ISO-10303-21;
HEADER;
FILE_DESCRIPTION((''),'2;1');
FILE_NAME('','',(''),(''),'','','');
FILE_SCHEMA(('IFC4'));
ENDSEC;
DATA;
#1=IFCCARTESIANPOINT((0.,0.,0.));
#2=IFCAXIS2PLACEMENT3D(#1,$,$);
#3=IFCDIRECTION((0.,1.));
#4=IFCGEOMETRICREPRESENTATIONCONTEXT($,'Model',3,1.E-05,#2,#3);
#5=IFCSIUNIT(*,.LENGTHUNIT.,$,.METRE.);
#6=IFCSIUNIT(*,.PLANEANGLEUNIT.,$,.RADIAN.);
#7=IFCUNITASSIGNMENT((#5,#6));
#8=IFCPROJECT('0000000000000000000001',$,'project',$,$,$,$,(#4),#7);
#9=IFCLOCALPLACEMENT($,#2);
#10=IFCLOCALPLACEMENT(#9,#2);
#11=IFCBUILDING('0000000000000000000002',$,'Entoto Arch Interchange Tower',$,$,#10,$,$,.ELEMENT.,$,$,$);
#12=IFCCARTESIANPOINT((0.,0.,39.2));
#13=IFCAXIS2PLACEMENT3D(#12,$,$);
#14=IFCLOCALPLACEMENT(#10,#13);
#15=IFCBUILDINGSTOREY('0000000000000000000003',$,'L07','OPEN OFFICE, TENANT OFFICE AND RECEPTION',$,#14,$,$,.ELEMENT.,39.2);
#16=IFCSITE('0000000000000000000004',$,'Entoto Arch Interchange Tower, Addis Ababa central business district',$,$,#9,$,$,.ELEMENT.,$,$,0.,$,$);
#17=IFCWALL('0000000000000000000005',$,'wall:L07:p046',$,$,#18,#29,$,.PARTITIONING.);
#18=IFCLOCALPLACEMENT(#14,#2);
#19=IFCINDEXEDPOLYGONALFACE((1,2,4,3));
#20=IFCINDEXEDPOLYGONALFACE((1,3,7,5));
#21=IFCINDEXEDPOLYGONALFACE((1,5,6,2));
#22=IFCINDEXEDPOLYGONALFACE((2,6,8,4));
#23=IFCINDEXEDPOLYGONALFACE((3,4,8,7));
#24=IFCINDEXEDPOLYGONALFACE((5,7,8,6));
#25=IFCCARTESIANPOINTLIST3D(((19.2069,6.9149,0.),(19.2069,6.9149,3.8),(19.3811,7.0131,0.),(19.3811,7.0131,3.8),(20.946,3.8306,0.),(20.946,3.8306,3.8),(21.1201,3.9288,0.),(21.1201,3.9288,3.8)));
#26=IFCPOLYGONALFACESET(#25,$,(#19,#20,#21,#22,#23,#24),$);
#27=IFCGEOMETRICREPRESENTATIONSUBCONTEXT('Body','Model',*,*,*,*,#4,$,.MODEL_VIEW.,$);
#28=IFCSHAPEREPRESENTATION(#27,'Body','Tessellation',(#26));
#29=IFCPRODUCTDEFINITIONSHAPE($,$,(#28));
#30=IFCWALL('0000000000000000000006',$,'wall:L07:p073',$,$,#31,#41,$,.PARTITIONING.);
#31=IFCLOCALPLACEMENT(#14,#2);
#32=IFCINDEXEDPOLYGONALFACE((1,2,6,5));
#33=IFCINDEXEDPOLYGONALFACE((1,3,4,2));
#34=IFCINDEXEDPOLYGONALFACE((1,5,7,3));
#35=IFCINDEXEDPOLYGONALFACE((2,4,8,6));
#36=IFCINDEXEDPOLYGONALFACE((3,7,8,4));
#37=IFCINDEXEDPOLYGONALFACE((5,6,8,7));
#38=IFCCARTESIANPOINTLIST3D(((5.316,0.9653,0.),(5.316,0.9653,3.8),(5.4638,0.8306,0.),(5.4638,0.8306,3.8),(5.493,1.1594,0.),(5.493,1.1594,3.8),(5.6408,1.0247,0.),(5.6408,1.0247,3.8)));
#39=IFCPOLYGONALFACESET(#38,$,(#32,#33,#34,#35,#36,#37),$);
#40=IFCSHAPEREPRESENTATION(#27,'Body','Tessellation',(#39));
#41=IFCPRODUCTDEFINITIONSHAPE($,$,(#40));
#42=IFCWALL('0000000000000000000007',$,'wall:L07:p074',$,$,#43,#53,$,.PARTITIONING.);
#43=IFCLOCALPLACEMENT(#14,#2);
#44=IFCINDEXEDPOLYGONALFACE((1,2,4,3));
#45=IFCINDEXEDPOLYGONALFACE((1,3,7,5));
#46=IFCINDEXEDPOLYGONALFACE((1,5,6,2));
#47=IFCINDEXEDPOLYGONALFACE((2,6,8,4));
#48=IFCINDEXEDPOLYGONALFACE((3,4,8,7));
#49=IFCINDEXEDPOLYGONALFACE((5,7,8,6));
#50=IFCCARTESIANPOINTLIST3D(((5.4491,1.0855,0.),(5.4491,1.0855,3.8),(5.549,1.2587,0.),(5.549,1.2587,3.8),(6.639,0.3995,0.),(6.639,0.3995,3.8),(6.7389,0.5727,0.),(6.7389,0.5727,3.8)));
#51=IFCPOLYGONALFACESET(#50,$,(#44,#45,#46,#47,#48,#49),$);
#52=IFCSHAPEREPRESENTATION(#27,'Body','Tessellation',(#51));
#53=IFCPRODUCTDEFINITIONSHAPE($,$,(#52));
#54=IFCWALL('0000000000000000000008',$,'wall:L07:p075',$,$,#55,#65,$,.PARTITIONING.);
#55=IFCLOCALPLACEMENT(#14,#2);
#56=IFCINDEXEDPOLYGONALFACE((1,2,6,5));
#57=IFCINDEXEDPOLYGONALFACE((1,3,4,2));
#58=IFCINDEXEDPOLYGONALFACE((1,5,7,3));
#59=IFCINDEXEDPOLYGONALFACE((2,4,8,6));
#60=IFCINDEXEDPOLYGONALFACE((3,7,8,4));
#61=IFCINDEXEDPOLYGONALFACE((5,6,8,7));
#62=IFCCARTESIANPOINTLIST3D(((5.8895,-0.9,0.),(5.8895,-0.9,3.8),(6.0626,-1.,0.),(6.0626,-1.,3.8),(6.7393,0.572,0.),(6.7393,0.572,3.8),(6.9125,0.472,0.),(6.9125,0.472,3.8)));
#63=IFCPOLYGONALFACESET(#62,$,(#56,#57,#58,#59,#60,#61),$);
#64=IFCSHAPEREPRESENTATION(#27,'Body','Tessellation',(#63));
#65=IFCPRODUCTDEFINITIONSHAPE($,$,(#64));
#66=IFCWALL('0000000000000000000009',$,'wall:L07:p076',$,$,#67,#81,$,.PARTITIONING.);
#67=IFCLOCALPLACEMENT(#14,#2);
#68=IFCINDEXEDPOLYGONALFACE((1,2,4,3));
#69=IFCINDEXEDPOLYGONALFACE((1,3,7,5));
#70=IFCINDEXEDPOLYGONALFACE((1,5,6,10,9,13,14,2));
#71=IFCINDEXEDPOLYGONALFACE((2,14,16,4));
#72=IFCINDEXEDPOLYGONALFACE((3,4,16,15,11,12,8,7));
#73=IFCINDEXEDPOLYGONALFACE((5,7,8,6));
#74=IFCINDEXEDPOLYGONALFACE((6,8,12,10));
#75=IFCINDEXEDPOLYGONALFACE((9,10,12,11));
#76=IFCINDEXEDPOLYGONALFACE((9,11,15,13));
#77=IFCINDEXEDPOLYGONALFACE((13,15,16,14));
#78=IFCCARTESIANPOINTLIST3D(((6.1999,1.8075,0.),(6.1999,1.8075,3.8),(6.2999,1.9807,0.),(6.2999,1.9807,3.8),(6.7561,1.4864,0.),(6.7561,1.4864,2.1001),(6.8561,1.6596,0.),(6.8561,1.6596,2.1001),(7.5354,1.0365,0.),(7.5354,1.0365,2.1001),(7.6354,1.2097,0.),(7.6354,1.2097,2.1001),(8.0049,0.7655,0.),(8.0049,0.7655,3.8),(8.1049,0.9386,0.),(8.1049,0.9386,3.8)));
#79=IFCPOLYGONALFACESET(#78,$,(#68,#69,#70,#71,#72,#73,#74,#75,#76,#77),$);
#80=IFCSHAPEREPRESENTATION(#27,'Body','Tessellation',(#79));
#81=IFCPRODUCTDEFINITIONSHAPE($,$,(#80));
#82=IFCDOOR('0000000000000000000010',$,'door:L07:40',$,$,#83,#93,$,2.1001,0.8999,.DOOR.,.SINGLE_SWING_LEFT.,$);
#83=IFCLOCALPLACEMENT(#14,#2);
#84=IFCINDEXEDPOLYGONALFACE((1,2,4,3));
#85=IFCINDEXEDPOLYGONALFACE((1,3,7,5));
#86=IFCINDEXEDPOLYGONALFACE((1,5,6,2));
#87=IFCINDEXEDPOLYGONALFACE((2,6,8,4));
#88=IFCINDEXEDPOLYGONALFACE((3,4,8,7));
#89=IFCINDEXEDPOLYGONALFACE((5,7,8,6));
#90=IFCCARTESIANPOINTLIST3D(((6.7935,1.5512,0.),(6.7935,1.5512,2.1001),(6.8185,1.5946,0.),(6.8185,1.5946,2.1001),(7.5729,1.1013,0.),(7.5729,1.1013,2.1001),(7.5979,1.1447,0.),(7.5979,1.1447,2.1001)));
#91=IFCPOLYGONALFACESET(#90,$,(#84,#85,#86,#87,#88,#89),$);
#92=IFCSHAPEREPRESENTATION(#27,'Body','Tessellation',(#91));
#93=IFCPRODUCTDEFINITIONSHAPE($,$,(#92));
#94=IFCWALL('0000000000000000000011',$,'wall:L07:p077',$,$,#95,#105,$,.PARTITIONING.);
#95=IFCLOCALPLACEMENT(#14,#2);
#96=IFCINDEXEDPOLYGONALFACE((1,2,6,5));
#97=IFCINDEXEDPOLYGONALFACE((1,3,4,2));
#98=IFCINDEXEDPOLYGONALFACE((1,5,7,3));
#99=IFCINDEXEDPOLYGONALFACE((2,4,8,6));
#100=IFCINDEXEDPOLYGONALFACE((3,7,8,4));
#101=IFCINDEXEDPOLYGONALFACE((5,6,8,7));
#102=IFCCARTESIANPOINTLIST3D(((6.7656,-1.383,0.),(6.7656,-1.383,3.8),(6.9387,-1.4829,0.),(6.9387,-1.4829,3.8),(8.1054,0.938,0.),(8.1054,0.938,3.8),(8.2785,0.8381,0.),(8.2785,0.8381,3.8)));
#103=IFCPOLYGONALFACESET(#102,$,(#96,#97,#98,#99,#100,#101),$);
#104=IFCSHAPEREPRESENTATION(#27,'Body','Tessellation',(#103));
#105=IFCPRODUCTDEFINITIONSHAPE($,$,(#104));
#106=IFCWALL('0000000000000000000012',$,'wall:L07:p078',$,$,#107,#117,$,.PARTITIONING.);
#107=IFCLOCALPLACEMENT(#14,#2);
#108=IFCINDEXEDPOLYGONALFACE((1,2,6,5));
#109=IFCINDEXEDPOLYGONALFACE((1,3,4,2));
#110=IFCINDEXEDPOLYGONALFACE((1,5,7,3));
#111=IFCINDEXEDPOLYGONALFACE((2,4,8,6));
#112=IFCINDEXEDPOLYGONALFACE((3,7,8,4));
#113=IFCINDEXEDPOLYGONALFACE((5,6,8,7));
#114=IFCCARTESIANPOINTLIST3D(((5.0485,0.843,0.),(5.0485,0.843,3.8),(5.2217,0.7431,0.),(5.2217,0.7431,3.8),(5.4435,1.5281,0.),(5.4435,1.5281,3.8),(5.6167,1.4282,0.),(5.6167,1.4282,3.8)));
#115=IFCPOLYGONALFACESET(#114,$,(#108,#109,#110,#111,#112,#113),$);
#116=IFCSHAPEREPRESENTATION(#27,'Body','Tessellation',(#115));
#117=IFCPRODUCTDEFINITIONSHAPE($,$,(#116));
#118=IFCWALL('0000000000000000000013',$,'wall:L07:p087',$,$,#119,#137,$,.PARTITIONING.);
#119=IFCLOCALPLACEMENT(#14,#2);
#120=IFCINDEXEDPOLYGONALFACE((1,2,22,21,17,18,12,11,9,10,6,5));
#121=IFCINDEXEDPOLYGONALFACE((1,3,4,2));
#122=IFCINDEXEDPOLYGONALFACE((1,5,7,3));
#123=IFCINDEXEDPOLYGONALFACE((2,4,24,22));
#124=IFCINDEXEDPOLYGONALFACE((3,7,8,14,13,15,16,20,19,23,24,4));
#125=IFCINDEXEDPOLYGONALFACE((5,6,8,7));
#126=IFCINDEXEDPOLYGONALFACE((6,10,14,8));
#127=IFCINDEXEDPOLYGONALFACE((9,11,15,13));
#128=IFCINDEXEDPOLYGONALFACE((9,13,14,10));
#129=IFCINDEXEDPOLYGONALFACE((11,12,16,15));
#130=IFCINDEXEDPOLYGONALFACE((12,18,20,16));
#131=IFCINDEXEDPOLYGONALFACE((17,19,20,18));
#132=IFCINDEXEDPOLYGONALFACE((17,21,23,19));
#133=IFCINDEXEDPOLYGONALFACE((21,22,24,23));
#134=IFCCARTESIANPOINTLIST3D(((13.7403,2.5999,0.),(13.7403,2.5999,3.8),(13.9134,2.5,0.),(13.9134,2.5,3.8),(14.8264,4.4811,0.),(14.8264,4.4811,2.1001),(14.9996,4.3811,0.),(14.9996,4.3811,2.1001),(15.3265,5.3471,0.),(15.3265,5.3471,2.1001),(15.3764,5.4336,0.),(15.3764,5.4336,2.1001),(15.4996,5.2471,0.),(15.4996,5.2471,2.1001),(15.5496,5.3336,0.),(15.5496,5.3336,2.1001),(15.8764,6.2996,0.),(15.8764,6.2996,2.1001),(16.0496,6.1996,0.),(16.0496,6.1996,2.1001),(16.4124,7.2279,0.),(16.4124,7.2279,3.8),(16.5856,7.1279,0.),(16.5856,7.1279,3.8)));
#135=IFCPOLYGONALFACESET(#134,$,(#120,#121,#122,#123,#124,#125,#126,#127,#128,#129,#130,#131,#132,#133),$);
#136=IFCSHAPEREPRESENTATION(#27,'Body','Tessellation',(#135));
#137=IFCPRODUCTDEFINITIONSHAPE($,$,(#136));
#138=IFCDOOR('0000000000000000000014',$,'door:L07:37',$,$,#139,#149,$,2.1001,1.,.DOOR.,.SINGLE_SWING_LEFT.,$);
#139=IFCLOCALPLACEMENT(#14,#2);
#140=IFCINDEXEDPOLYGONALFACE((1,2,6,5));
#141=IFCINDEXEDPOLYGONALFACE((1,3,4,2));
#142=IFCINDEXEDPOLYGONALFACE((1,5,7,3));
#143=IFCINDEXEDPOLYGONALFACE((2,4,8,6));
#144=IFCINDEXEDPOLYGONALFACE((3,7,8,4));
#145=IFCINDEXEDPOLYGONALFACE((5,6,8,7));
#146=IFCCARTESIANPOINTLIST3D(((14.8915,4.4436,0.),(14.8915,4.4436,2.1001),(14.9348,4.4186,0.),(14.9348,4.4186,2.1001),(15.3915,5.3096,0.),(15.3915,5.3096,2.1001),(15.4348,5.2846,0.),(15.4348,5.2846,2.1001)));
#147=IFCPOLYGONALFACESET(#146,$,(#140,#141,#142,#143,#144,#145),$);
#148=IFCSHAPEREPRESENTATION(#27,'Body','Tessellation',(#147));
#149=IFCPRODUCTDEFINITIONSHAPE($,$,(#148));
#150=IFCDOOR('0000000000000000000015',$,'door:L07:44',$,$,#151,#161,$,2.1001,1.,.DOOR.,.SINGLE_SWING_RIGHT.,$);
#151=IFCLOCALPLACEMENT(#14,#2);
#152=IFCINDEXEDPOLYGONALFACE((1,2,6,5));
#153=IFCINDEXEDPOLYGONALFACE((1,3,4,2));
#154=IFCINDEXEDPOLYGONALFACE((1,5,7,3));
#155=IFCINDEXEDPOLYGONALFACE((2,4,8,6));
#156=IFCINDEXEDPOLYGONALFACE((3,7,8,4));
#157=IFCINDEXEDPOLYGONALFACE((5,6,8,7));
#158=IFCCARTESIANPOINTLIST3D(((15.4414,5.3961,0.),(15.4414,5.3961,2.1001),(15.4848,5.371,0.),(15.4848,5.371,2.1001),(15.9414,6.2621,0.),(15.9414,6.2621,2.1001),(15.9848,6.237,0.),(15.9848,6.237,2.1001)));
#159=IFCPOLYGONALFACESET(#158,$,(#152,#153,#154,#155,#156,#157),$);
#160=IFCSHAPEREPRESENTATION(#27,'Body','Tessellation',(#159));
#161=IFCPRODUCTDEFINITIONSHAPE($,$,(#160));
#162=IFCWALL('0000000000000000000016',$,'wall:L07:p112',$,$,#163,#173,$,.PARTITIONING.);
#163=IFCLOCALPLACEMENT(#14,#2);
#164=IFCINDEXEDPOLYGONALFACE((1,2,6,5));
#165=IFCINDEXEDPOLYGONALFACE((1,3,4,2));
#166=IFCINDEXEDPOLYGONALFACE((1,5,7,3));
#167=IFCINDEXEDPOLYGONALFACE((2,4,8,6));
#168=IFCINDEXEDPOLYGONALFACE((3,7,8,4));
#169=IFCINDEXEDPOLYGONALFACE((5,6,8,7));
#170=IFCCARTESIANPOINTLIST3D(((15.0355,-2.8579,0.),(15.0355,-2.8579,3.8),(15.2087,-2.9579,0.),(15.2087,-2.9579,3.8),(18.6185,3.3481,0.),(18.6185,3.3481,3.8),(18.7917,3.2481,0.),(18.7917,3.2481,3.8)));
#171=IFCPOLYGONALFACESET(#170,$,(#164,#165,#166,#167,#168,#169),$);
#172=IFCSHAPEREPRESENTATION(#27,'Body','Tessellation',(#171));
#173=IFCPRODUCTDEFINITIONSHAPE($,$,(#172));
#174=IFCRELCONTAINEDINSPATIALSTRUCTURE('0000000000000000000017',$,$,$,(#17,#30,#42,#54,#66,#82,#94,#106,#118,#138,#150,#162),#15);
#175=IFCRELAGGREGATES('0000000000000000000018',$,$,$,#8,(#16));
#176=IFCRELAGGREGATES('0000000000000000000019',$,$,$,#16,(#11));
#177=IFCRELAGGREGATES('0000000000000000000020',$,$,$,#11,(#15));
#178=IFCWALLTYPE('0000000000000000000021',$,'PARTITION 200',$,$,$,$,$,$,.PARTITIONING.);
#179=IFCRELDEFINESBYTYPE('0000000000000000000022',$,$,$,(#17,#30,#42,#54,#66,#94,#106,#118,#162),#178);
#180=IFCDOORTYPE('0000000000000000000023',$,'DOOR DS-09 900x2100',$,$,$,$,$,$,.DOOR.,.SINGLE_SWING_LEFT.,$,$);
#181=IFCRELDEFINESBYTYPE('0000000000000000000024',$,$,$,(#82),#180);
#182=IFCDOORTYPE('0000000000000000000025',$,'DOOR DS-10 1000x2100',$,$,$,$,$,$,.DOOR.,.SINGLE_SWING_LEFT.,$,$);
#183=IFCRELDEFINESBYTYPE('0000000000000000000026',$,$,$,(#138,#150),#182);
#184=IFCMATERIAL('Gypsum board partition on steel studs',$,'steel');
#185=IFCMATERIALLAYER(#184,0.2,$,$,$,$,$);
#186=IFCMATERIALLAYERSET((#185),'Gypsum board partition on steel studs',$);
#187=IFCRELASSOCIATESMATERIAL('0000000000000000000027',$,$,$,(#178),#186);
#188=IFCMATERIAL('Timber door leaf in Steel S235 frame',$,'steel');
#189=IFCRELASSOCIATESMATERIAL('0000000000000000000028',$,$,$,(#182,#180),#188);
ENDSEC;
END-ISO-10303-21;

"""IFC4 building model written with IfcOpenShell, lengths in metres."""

from ifc_helpers import new_model, si_unit, direction, frame, frame_2d, origin, place, context, subcontext, project, spatial, rectangle, extrude, material, layer, layer_set, type_object, element, fill, save


model = new_model("IFC4")

# Units and contexts
model_context = context("Model", 3, precision=1e-05, world=origin(), true_north=direction((0.0, 1.0)))
body_context = subcontext(model_context, "Body", "Model", "MODEL_VIEW")
ifc_project = project(units=[si_unit("LENGTHUNIT", "METRE"), si_unit("PLANEANGLEUNIT", "RADIAN")], contexts=[model_context])

# Site, building, storey
site_placement = place(None, origin())
site = spatial("IfcSite", under=ifc_project, at=site_placement, Name="Entoto Arch Interchange Tower, Addis Ababa central business district", CompositionType="ELEMENT", RefElevation=0.0)
building_placement = place(site_placement, origin())
building = spatial("IfcBuilding", under=site, at=building_placement, Name="Entoto Arch Interchange Tower", CompositionType="ELEMENT")
storey_placement = place(building_placement, frame((0.0, 0.0, 39.2)))
storey = spatial("IfcBuildingStorey", under=building, at=storey_placement, Name="L07", Description="OPEN OFFICE, TENANT OFFICE AND RECEPTION", CompositionType="ELEMENT", Elevation=39.2)

# Shared definitions
ifc_material_1 = material(Name="Gypsum board partition on steel studs", Category="steel")
ifc_layer_1 = layer(ifc_material_1, 0.2)
ifc_layer_set_1 = layer_set([ifc_layer_1], Name="Gypsum board partition on steel studs")
wall_type_1 = type_object("IfcWallType", Name="PARTITION 200", PredefinedType="PARTITIONING", material=ifc_layer_set_1)

# Shared definitions
ifc_material_2 = material(Name="Timber door leaf in Steel S235 frame", Category="steel")
door_type_1 = type_object("IfcDoorType", Name="DOOR DS-10 1000x2100", OperationType="SINGLE_SWING_LEFT", PredefinedType="DOOR", material=ifc_material_2)

# Walls
wall_1_placement = place(storey_placement, frame((19.2939, 6.9641, 0.0), z_axis=(0.0, 0.0, 1.0), x_axis=(0.491148, -0.871076, 0.0)))
element("IfcWall", 1, at=wall_1_placement, inside=storey, type_object=wall_type_1, Name="wall:L07:p046", PredefinedType="PARTITIONING", context=body_context, shape_type="SweptSolid", body=[
    extrude(rectangle(XDim=3.5408, YDim=0.2, at=frame_2d((1.7705, 0.0))), origin(), (0.0, 0.0, 1.0), 3.8),
])
wall_2_placement = place(storey_placement, frame((5.3899, 0.8979, 0.0), z_axis=(0.0, 0.0, 1.0), x_axis=(0.673828, 0.738888, 0.0)))
element("IfcWall", 2, at=wall_2_placement, inside=storey, type_object=wall_type_1, Name="wall:L07:p073", PredefinedType="PARTITIONING", context=body_context, shape_type="SweptSolid", body=[
    extrude(rectangle(XDim=0.2627, YDim=0.2, at=frame_2d((0.1313, 0.0))), origin(), (0.0, 0.0, 1.0), 3.8),
])
wall_3_placement = place(storey_placement, frame((5.499, 1.1721, 0.0), z_axis=(0.0, 0.0, 1.0), x_axis=(0.866334, -0.499466, 0.0)))
element("IfcWall", 3, at=wall_3_placement, inside=storey, type_object=wall_type_1, Name="wall:L07:p074", PredefinedType="PARTITIONING", context=body_context, shape_type="SweptSolid", body=[
    extrude(rectangle(XDim=1.3735, YDim=0.2, at=frame_2d((0.6868, 0.0))), origin(), (0.0, 0.0, 1.0), 3.8),
])
wall_4_placement = place(storey_placement, frame((6.8259, 0.522, 0.0), z_axis=(0.0, 0.0, 1.0), x_axis=(-0.500017, -0.866016, 0.0)))
element("IfcWall", 4, at=wall_4_placement, inside=storey, type_object=wall_type_1, Name="wall:L07:p075", PredefinedType="PARTITIONING", context=body_context, shape_type="SweptSolid", body=[
    extrude(rectangle(XDim=1.6997, YDim=0.2, at=frame_2d((0.8499, 0.0))), origin(), (0.0, 0.0, 1.0), 3.8),
])

# Wall, opening, door
wall_5_placement = place(storey_placement, frame((6.25, 1.894, 0.0), z_axis=(0.0, 0.0, 1.0), x_axis=(0.866043, -0.499969, 0.0)))
wall_5 = element("IfcWall", 5, at=wall_5_placement, inside=storey, type_object=wall_type_1, Name="wall:L07:p076", PredefinedType="PARTITIONING", context=body_context, shape_type="SweptSolid", body=[
    extrude(rectangle(XDim=2.0842, YDim=0.2, at=frame_2d((1.042, 0.0))), origin(), (0.0, 0.0, 1.0), 3.8),
])
opening_1_placement = place(wall_5_placement, frame((0.6421, 0.0, 0.0)))
opening_1 = element("IfcOpeningElement", 6, at=opening_1_placement, cuts=wall_5, PredefinedType="OPENING", context=body_context, shape_type="SweptSolid", body=[
    extrude(rectangle(XDim=0.8999, YDim=2.1001, at=frame_2d((0.45, 1.05))), frame((0.0, 0.1099, 0.0), z_axis=(0.0, -1.0, 0.0), x_axis=(1.0, 0.0, 0.0)), (0.0, 0.0, 1.0), 0.22),
])
door_type_2 = type_object("IfcDoorType", Name="DOOR DS-09 900x2100", OperationType="SINGLE_SWING_LEFT", PredefinedType="DOOR", material=ifc_material_2)
door_1_placement = place(opening_1_placement, origin())
door_1 = element("IfcDoor", 7, at=door_1_placement, inside=storey, type_object=door_type_2, Name="door:L07:40", OperationType="SINGLE_SWING_LEFT", OverallHeight=2.1001, OverallWidth=0.8999, PredefinedType="DOOR", context=body_context, shape_type="SweptSolid", body=[
    extrude(rectangle(XDim=0.8999, YDim=2.1001, at=frame_2d((0.45, 1.05))), frame((0.0, 0.0249, 0.0), z_axis=(0.0, -1.0, 0.0), x_axis=(1.0, 0.0, 0.0)), (0.0, 0.0, 1.0), 0.05),
])
fill(opening_1, door_1)

# Walls
wall_6_placement = place(storey_placement, frame((8.1919, 0.8879, 0.0), z_axis=(0.0, 0.0, 1.0), x_axis=(-0.499941, -0.86606, 0.0)))
element("IfcWall", 8, at=wall_6_placement, inside=storey, type_object=wall_type_1, Name="wall:L07:p077", PredefinedType="PARTITIONING", context=body_context, shape_type="SweptSolid", body=[
    extrude(rectangle(XDim=2.6799, YDim=0.2, at=frame_2d((1.3398, 0.0))), origin(), (0.0, 0.0, 1.0), 3.8),
])
wall_7_placement = place(storey_placement, frame((5.135, 0.793, 0.0), z_axis=(0.0, 0.0, 1.0), x_axis=(0.499526, 0.866299, 0.0)))
element("IfcWall", 9, at=wall_7_placement, inside=storey, type_object=wall_type_1, Name="wall:L07:p078", PredefinedType="PARTITIONING", context=body_context, shape_type="SweptSolid", body=[
    extrude(rectangle(XDim=0.7908, YDim=0.2, at=frame_2d((0.3955, 0.0))), origin(), (0.0, 0.0, 1.0), 3.8),
])

# Wall, openings, doors
wall_8_placement = place(storey_placement, frame((13.8269, 2.55, 0.0), z_axis=(0.0, 0.0, 1.0), x_axis=(0.500026, 0.866011, 0.0)))
wall_8 = element("IfcWall", 10, at=wall_8_placement, inside=storey, type_object=wall_type_1, Name="wall:L07:p087", PredefinedType="PARTITIONING", context=body_context, shape_type="SweptSolid", body=[
    extrude(rectangle(XDim=5.344, YDim=0.2, at=frame_2d((2.6719, 0.0))), origin(), (0.0, 0.0, 1.0), 3.8),
])
opening_2_placement = place(wall_8_placement, frame((2.1721, 0.0, 0.0)))
opening_2 = element("IfcOpeningElement", 11, at=opening_2_placement, cuts=wall_8, PredefinedType="OPENING", context=body_context, shape_type="SweptSolid", body=[
    extrude(rectangle(XDim=1.0, YDim=2.1001, at=frame_2d((0.5, 1.05))), frame((0.0, 0.1099, 0.0), z_axis=(0.0, -1.0, 0.0), x_axis=(1.0, 0.0, 0.0)), (0.0, 0.0, 1.0), 0.22),
])
opening_3_placement = place(wall_8_placement, frame((3.272, 0.0, 0.0)))
opening_3 = element("IfcOpeningElement", 12, at=opening_3_placement, cuts=wall_8, PredefinedType="OPENING", context=body_context, shape_type="SweptSolid", body=[
    extrude(rectangle(XDim=1.0, YDim=2.1001, at=frame_2d((0.5, 1.05))), frame((0.0, 0.1099, 0.0), z_axis=(0.0, -1.0, 0.0), x_axis=(1.0, 0.0, 0.0)), (0.0, 0.0, 1.0), 0.22),
])
door_2_placement = place(opening_2_placement, origin())
door_2 = element("IfcDoor", 13, at=door_2_placement, inside=storey, type_object=door_type_1, Name="door:L07:37", OperationType="SINGLE_SWING_LEFT", OverallHeight=2.1001, OverallWidth=1.0, PredefinedType="DOOR", context=body_context, shape_type="SweptSolid", body=[
    extrude(rectangle(XDim=1.0, YDim=2.1001, at=frame_2d((0.5, 1.05))), frame((0.0, 0.0249, 0.0), z_axis=(0.0, -1.0, 0.0), x_axis=(1.0, 0.0, 0.0)), (0.0, 0.0, 1.0), 0.05),
])
fill(opening_2, door_2)
door_3_placement = place(opening_3_placement, origin())
door_3 = element("IfcDoor", 14, at=door_3_placement, inside=storey, type_object=door_type_1, Name="door:L07:44", OperationType="SINGLE_SWING_RIGHT", OverallHeight=2.1001, OverallWidth=1.0, PredefinedType="DOOR", context=body_context, shape_type="SweptSolid", body=[
    extrude(rectangle(XDim=1.0, YDim=2.1001, at=frame_2d((0.5, 1.05))), frame((0.0, 0.0249, 0.0), z_axis=(0.0, -1.0, 0.0), x_axis=(1.0, 0.0, 0.0)), (0.0, 0.0, 1.0), 0.05),
])
fill(opening_3, door_3)

# Wall
wall_9_placement = place(storey_placement, frame((18.7051, 3.2981, 0.0), z_axis=(0.0, 0.0, 1.0), x_axis=(-0.499994, -0.866029, 0.0)))
element("IfcWall", 15, at=wall_9_placement, inside=storey, type_object=wall_type_1, Name="wall:L07:p112", PredefinedType="PARTITIONING", context=body_context, shape_type="SweptSolid", body=[
    extrude(rectangle(XDim=7.166, YDim=0.2, at=frame_2d((3.583, 0.0))), origin(), (0.0, 0.0, 1.0), 3.8),
])

save(model, "model.ifc")
